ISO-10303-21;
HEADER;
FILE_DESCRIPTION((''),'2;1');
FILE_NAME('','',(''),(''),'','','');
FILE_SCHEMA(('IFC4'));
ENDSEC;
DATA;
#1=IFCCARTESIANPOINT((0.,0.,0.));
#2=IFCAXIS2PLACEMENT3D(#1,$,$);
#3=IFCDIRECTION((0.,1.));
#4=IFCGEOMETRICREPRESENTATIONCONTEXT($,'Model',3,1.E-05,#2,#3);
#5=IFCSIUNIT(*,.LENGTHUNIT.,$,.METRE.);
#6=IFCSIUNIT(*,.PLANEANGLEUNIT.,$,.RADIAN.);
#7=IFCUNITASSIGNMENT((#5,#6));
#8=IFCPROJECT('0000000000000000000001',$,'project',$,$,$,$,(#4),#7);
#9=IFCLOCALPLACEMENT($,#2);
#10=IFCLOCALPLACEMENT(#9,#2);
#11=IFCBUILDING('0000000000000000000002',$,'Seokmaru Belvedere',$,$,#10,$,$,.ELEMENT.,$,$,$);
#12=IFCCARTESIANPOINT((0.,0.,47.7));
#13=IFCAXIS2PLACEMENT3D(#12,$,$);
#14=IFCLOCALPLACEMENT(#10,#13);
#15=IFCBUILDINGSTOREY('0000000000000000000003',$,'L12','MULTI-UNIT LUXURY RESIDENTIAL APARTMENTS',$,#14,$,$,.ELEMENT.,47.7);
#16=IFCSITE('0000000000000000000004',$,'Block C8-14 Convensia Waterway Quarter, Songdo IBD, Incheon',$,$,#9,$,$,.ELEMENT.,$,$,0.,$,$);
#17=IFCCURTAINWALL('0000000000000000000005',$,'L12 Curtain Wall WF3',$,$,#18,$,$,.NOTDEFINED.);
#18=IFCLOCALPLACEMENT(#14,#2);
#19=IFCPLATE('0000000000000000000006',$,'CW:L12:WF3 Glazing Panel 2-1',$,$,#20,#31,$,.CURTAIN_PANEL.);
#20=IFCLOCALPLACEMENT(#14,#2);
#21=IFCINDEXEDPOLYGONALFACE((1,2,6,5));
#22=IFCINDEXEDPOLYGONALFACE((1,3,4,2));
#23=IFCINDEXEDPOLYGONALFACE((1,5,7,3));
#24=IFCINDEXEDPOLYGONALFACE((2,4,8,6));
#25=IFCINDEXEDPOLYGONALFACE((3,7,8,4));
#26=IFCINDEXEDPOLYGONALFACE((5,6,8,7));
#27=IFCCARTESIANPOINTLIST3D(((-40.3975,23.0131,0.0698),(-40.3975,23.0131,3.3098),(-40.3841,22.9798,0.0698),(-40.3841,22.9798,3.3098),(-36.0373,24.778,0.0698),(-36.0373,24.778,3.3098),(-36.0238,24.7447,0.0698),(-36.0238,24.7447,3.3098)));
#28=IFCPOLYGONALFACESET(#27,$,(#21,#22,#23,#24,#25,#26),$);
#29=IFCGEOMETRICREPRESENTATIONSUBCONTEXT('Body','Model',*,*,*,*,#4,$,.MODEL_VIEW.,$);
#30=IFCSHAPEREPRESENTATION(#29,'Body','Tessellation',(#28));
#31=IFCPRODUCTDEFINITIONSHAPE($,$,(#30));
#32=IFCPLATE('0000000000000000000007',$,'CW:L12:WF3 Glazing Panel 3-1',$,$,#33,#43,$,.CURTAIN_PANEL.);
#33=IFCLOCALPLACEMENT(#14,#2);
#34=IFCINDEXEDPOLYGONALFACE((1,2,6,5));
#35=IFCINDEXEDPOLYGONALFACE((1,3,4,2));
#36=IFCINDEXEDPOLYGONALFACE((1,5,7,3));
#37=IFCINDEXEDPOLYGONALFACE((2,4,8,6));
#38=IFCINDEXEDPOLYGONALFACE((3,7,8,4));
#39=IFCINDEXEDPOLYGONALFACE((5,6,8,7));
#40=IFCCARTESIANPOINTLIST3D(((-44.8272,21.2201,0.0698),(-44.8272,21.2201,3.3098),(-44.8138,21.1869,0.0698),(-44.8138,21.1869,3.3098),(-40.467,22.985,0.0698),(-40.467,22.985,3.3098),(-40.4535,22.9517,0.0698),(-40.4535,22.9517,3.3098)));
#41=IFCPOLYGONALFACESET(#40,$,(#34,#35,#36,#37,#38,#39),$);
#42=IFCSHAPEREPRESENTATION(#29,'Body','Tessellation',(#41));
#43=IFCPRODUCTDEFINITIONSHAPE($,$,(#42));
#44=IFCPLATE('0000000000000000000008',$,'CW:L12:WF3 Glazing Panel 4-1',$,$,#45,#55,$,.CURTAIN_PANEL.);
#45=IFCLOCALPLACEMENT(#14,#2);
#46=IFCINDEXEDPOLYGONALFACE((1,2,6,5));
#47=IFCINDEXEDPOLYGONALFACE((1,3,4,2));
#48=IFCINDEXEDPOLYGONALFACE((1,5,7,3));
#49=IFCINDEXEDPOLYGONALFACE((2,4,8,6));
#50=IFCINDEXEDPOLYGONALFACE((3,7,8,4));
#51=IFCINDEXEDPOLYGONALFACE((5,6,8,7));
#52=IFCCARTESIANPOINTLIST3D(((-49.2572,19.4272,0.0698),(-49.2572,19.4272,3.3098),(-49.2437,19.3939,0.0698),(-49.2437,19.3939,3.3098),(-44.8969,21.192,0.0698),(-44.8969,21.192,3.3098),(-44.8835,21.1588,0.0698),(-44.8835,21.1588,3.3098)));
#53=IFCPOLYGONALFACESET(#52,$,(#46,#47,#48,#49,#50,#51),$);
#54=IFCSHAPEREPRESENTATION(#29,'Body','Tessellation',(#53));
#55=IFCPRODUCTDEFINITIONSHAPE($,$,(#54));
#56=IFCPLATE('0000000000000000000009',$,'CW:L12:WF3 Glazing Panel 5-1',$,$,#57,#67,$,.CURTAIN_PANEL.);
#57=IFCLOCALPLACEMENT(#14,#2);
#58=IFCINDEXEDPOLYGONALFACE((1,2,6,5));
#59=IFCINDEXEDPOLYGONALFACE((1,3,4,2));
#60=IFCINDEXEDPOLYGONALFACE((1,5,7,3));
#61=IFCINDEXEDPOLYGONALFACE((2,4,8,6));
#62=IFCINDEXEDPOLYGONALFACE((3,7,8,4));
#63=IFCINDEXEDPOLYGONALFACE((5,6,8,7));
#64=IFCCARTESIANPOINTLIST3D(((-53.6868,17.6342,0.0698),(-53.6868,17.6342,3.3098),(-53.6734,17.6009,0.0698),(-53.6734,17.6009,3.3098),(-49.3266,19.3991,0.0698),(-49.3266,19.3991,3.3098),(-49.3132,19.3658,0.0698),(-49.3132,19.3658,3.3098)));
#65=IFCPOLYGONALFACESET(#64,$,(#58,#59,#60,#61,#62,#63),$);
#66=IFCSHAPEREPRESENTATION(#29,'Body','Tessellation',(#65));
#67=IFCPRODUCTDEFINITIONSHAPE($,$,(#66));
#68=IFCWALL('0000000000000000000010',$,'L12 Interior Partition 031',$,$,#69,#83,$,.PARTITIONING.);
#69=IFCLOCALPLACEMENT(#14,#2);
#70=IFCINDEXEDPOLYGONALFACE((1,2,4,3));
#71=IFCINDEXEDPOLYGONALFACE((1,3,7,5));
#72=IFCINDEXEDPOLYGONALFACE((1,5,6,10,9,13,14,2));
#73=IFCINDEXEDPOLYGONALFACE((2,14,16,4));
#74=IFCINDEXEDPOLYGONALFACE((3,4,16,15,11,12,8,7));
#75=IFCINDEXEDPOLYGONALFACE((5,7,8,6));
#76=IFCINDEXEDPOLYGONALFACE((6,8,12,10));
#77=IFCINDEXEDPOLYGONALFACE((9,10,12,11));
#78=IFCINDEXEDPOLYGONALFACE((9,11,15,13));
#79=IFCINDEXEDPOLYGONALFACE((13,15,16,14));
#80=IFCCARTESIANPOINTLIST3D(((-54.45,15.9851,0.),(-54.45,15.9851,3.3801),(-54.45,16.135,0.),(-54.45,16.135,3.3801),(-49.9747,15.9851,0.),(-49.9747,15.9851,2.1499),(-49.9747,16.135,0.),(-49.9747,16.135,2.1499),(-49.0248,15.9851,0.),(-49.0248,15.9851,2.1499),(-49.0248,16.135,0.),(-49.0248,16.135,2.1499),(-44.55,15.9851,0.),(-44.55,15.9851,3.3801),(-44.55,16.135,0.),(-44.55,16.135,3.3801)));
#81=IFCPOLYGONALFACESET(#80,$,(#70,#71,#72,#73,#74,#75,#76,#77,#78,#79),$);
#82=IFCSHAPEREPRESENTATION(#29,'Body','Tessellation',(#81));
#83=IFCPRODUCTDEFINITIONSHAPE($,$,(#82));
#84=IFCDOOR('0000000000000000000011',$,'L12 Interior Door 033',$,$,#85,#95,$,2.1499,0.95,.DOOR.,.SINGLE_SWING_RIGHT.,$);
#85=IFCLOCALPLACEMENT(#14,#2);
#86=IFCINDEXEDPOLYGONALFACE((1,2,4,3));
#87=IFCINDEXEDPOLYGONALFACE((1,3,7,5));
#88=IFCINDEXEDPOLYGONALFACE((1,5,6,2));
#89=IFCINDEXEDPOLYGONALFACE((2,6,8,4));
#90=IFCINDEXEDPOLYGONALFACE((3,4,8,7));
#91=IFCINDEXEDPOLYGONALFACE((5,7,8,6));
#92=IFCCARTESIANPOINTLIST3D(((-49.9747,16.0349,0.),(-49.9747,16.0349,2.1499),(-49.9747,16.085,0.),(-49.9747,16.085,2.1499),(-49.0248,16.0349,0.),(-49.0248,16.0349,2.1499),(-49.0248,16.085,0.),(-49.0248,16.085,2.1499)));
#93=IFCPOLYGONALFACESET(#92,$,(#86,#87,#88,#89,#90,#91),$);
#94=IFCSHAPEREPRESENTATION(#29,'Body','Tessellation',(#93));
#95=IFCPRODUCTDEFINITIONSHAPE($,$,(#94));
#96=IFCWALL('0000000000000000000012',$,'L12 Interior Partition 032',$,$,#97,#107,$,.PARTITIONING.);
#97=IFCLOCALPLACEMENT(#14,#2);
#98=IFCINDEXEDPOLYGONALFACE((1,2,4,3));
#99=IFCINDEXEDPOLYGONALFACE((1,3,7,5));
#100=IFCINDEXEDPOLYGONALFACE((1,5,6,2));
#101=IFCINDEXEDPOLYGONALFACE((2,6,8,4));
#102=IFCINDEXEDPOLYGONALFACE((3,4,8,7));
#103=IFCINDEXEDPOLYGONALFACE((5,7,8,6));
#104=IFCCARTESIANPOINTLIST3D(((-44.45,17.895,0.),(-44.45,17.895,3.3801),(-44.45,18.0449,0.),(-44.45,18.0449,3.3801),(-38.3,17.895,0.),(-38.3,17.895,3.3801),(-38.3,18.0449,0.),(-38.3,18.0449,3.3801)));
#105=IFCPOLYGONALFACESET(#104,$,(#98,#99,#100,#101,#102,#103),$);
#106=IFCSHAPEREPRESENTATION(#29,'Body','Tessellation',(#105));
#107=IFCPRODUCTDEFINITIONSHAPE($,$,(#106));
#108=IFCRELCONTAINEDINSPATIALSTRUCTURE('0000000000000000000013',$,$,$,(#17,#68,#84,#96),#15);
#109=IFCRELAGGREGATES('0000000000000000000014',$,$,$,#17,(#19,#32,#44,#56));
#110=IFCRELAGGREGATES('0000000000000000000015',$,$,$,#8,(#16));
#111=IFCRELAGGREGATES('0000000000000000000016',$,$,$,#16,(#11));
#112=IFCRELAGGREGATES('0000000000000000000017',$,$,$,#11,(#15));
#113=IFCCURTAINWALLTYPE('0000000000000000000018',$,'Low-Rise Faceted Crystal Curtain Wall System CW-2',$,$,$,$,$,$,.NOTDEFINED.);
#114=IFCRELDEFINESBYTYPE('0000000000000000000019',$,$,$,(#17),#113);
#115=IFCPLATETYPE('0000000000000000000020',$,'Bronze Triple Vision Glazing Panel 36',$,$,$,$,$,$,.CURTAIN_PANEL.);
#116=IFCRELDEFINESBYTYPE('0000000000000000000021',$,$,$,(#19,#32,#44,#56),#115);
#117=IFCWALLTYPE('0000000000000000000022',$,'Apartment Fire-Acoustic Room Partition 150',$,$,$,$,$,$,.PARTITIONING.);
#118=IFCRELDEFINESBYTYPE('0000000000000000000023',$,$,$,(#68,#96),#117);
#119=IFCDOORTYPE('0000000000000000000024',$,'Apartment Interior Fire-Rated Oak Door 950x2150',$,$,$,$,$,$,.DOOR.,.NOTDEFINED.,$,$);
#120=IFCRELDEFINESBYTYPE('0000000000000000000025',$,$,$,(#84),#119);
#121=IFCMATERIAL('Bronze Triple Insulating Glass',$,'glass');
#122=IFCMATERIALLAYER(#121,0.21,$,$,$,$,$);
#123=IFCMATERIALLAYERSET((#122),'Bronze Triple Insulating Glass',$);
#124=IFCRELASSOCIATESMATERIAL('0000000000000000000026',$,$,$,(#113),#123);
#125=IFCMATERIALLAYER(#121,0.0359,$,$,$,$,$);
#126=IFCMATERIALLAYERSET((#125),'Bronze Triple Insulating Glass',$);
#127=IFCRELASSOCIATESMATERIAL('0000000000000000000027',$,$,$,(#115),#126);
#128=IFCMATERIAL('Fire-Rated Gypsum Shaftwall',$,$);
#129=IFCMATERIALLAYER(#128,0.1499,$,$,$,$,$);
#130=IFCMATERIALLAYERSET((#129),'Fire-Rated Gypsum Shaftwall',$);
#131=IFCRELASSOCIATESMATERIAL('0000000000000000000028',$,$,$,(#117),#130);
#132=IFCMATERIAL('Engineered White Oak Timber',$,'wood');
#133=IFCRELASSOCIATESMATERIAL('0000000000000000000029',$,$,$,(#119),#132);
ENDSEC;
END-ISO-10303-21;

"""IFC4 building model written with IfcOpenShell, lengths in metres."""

from ifc_helpers import new_model, si_unit, direction, frame, frame_2d, origin, origin_2d, place, context, subcontext, project, spatial, rectangle, extrude, source, transform, mapped, material, layer, layer_set, type_object, type_shapes, element, fill, aggregate, save


model = new_model("IFC4")

# Units and contexts
model_context = context("Model", 3, precision=1e-05, world=origin(), true_north=direction((0.0, 1.0)))
body_context = subcontext(model_context, "Body", "Model", "MODEL_VIEW")
ifc_project = project(units=[si_unit("LENGTHUNIT", "METRE"), si_unit("PLANEANGLEUNIT", "RADIAN")], contexts=[model_context])

# Site, building, storey
site_placement = place(None, origin())
site = spatial("IfcSite", under=ifc_project, at=site_placement, Name="Block C8-14 Convensia Waterway Quarter, Songdo IBD, Incheon", CompositionType="ELEMENT", RefElevation=0.0)
building_placement = place(site_placement, origin())
building = spatial("IfcBuilding", under=site, at=building_placement, Name="Seokmaru Belvedere", CompositionType="ELEMENT")
storey_placement = place(building_placement, frame((0.0, 0.0, 47.7)))
storey = spatial("IfcBuildingStorey", under=building, at=storey_placement, Name="L12", Description="MULTI-UNIT LUXURY RESIDENTIAL APARTMENTS", CompositionType="ELEMENT", Elevation=47.7)

# Curtain wall, plates
ifc_material_1 = material(Name="Bronze Triple Insulating Glass", Category="glass")
ifc_layer_1 = layer(ifc_material_1, 0.21)
ifc_layer_set_1 = layer_set([ifc_layer_1], Name="Bronze Triple Insulating Glass")
curtain_wall_type = type_object("IfcCurtainWallType", Name="Low-Rise Faceted Crystal Curtain Wall System CW-2", PredefinedType="NOTDEFINED", material=ifc_layer_set_1)
curtain_wall_placement = place(storey_placement, origin())
curtain_wall = element("IfcCurtainWall", 1, at=curtain_wall_placement, inside=storey, type_object=curtain_wall_type, Name="L12 Curtain Wall WF3", PredefinedType="NOTDEFINED")
ifc_layer_2 = layer(ifc_material_1, 0.0359)
ifc_layer_set_2 = layer_set([ifc_layer_2], Name="Bronze Triple Insulating Glass")
plate_type = type_object("IfcPlateType", Name="Bronze Triple Vision Glazing Panel 36", PredefinedType="CURTAIN_PANEL", material=ifc_layer_set_2)
shared_shape_1 = source(origin(), body_context, "Body", "SweptSolid", [
    extrude(rectangle(XDim=4.7039, YDim=0.0359, at=origin_2d()), origin(), (0.0, 0.0, 1.0), 3.24),
])
type_shapes(plate_type, [shared_shape_1])
plate_1_placement = place(storey_placement, frame((-38.2107, 23.8789, 0.0698), z_axis=(0.0, 0.0, 1.0), x_axis=(-0.926947, -0.375192, 0.0)))
plate_1 = element("IfcPlate", 2, at=plate_1_placement, type_object=plate_type, Name="CW:L12:WF3 Glazing Panel 2-1", PredefinedType="CURTAIN_PANEL", context=body_context, shape_type="MappedRepresentation", body=[
    mapped(shared_shape_1, transform((0.0, 0.0, 0.0), scale=1.0)),
])
plate_2_placement = place(storey_placement, frame((-42.6404, 22.0859, 0.0698), z_axis=(0.0, 0.0, 1.0), x_axis=(-0.926947, -0.375192, 0.0)))
plate_2 = element("IfcPlate", 3, at=plate_2_placement, type_object=plate_type, Name="CW:L12:WF3 Glazing Panel 3-1", PredefinedType="CURTAIN_PANEL", context=body_context, shape_type="MappedRepresentation", body=[
    mapped(shared_shape_1, transform((0.0, 0.0, 0.0), scale=1.0)),
])
plate_3_placement = place(storey_placement, frame((-47.0703, 20.293, 0.0698), z_axis=(0.0, 0.0, 1.0), x_axis=(-0.926947, -0.375192, 0.0)))
plate_3 = element("IfcPlate", 4, at=plate_3_placement, type_object=plate_type, Name="CW:L12:WF3 Glazing Panel 4-1", PredefinedType="CURTAIN_PANEL", context=body_context, shape_type="MappedRepresentation", body=[
    mapped(shared_shape_1, transform((0.0, 0.0, 0.0), scale=1.0)),
])
plate_4_placement = place(storey_placement, frame((-51.5, 18.5, 0.0698), z_axis=(0.0, 0.0, 1.0), x_axis=(-0.926947, -0.375192, 0.0)))
plate_4 = element("IfcPlate", 5, at=plate_4_placement, type_object=plate_type, Name="CW:L12:WF3 Glazing Panel 5-1", PredefinedType="CURTAIN_PANEL", context=body_context, shape_type="MappedRepresentation", body=[
    mapped(shared_shape_1, transform((0.0, 0.0, 0.0), scale=1.0)),
])
aggregate(curtain_wall, [plate_1, plate_2, plate_3, plate_4])

# Wall, opening, door
ifc_material_2 = material(Name="Fire-Rated Gypsum Shaftwall")
ifc_layer_3 = layer(ifc_material_2, 0.1499)
ifc_layer_set_3 = layer_set([ifc_layer_3], Name="Fire-Rated Gypsum Shaftwall")
wall_type = type_object("IfcWallType", Name="Apartment Fire-Acoustic Room Partition 150", PredefinedType="PARTITIONING", material=ifc_layer_set_3)
wall_1_placement = place(storey_placement, frame((-54.45, 16.0601, 0.0), z_axis=(0.0, 0.0, 1.0), x_axis=(1.0, 0.0, 0.0)))
wall_1 = element("IfcWall", 6, at=wall_1_placement, inside=storey, type_object=wall_type, Name="L12 Interior Partition 031", PredefinedType="PARTITIONING", context=body_context, shape_type="SweptSolid", body=[
    extrude(rectangle(XDim=9.8999, YDim=0.1499, at=frame_2d((4.95, 0.0))), origin(), (0.0, 0.0, 1.0), 3.3801),
])
opening_placement = place(wall_1_placement, frame((4.4751, 0.0, 0.0)))
opening = element("IfcOpeningElement", 7, at=opening_placement, cuts=wall_1, PredefinedType="OPENING", context=body_context, shape_type="SweptSolid", body=[
    extrude(rectangle(XDim=0.95, YDim=2.1499, at=frame_2d((0.4751, 1.075))), frame((0.0, 0.085, 0.0), z_axis=(0.0, -1.0, 0.0), x_axis=(1.0, 0.0, 0.0)), (0.0, 0.0, 1.0), 0.1699),
])
ifc_material_3 = material(Name="Engineered White Oak Timber", Category="wood")
door_type = type_object("IfcDoorType", Name="Apartment Interior Fire-Rated Oak Door 950x2150", OperationType="NOTDEFINED", PredefinedType="DOOR", material=ifc_material_3)
shared_shape_2 = source(origin(), body_context, "Body", "SweptSolid", [
    extrude(rectangle(XDim=0.95, YDim=2.1499, at=frame_2d((0.4751, 1.075))), frame((0.0, 0.0249, 0.0), z_axis=(0.0, -1.0, 0.0), x_axis=(1.0, 0.0, 0.0)), (0.0, 0.0, 1.0), 0.05),
])
type_shapes(door_type, [shared_shape_2])
door_placement = place(opening_placement, origin())
door = element("IfcDoor", 8, at=door_placement, inside=storey, type_object=door_type, Name="L12 Interior Door 033", OperationType="SINGLE_SWING_RIGHT", OverallHeight=2.1499, OverallWidth=0.95, PredefinedType="DOOR", context=body_context, shape_type="MappedRepresentation", body=[
    mapped(shared_shape_2, transform((0.0, 0.0, 0.0), scale=1.0)),
])
fill(opening, door)

# Wall
wall_2_placement = place(storey_placement, frame((-44.45, 17.97, 0.0), z_axis=(0.0, 0.0, 1.0), x_axis=(1.0, 0.0, 0.0)))
element("IfcWall", 9, at=wall_2_placement, inside=storey, type_object=wall_type, Name="L12 Interior Partition 032", PredefinedType="PARTITIONING", context=body_context, shape_type="SweptSolid", body=[
    extrude(rectangle(XDim=6.1499, YDim=0.1499, at=frame_2d((3.075, 0.0))), origin(), (0.0, 0.0, 1.0), 3.3801),
])

save(model, "model.ifc")
